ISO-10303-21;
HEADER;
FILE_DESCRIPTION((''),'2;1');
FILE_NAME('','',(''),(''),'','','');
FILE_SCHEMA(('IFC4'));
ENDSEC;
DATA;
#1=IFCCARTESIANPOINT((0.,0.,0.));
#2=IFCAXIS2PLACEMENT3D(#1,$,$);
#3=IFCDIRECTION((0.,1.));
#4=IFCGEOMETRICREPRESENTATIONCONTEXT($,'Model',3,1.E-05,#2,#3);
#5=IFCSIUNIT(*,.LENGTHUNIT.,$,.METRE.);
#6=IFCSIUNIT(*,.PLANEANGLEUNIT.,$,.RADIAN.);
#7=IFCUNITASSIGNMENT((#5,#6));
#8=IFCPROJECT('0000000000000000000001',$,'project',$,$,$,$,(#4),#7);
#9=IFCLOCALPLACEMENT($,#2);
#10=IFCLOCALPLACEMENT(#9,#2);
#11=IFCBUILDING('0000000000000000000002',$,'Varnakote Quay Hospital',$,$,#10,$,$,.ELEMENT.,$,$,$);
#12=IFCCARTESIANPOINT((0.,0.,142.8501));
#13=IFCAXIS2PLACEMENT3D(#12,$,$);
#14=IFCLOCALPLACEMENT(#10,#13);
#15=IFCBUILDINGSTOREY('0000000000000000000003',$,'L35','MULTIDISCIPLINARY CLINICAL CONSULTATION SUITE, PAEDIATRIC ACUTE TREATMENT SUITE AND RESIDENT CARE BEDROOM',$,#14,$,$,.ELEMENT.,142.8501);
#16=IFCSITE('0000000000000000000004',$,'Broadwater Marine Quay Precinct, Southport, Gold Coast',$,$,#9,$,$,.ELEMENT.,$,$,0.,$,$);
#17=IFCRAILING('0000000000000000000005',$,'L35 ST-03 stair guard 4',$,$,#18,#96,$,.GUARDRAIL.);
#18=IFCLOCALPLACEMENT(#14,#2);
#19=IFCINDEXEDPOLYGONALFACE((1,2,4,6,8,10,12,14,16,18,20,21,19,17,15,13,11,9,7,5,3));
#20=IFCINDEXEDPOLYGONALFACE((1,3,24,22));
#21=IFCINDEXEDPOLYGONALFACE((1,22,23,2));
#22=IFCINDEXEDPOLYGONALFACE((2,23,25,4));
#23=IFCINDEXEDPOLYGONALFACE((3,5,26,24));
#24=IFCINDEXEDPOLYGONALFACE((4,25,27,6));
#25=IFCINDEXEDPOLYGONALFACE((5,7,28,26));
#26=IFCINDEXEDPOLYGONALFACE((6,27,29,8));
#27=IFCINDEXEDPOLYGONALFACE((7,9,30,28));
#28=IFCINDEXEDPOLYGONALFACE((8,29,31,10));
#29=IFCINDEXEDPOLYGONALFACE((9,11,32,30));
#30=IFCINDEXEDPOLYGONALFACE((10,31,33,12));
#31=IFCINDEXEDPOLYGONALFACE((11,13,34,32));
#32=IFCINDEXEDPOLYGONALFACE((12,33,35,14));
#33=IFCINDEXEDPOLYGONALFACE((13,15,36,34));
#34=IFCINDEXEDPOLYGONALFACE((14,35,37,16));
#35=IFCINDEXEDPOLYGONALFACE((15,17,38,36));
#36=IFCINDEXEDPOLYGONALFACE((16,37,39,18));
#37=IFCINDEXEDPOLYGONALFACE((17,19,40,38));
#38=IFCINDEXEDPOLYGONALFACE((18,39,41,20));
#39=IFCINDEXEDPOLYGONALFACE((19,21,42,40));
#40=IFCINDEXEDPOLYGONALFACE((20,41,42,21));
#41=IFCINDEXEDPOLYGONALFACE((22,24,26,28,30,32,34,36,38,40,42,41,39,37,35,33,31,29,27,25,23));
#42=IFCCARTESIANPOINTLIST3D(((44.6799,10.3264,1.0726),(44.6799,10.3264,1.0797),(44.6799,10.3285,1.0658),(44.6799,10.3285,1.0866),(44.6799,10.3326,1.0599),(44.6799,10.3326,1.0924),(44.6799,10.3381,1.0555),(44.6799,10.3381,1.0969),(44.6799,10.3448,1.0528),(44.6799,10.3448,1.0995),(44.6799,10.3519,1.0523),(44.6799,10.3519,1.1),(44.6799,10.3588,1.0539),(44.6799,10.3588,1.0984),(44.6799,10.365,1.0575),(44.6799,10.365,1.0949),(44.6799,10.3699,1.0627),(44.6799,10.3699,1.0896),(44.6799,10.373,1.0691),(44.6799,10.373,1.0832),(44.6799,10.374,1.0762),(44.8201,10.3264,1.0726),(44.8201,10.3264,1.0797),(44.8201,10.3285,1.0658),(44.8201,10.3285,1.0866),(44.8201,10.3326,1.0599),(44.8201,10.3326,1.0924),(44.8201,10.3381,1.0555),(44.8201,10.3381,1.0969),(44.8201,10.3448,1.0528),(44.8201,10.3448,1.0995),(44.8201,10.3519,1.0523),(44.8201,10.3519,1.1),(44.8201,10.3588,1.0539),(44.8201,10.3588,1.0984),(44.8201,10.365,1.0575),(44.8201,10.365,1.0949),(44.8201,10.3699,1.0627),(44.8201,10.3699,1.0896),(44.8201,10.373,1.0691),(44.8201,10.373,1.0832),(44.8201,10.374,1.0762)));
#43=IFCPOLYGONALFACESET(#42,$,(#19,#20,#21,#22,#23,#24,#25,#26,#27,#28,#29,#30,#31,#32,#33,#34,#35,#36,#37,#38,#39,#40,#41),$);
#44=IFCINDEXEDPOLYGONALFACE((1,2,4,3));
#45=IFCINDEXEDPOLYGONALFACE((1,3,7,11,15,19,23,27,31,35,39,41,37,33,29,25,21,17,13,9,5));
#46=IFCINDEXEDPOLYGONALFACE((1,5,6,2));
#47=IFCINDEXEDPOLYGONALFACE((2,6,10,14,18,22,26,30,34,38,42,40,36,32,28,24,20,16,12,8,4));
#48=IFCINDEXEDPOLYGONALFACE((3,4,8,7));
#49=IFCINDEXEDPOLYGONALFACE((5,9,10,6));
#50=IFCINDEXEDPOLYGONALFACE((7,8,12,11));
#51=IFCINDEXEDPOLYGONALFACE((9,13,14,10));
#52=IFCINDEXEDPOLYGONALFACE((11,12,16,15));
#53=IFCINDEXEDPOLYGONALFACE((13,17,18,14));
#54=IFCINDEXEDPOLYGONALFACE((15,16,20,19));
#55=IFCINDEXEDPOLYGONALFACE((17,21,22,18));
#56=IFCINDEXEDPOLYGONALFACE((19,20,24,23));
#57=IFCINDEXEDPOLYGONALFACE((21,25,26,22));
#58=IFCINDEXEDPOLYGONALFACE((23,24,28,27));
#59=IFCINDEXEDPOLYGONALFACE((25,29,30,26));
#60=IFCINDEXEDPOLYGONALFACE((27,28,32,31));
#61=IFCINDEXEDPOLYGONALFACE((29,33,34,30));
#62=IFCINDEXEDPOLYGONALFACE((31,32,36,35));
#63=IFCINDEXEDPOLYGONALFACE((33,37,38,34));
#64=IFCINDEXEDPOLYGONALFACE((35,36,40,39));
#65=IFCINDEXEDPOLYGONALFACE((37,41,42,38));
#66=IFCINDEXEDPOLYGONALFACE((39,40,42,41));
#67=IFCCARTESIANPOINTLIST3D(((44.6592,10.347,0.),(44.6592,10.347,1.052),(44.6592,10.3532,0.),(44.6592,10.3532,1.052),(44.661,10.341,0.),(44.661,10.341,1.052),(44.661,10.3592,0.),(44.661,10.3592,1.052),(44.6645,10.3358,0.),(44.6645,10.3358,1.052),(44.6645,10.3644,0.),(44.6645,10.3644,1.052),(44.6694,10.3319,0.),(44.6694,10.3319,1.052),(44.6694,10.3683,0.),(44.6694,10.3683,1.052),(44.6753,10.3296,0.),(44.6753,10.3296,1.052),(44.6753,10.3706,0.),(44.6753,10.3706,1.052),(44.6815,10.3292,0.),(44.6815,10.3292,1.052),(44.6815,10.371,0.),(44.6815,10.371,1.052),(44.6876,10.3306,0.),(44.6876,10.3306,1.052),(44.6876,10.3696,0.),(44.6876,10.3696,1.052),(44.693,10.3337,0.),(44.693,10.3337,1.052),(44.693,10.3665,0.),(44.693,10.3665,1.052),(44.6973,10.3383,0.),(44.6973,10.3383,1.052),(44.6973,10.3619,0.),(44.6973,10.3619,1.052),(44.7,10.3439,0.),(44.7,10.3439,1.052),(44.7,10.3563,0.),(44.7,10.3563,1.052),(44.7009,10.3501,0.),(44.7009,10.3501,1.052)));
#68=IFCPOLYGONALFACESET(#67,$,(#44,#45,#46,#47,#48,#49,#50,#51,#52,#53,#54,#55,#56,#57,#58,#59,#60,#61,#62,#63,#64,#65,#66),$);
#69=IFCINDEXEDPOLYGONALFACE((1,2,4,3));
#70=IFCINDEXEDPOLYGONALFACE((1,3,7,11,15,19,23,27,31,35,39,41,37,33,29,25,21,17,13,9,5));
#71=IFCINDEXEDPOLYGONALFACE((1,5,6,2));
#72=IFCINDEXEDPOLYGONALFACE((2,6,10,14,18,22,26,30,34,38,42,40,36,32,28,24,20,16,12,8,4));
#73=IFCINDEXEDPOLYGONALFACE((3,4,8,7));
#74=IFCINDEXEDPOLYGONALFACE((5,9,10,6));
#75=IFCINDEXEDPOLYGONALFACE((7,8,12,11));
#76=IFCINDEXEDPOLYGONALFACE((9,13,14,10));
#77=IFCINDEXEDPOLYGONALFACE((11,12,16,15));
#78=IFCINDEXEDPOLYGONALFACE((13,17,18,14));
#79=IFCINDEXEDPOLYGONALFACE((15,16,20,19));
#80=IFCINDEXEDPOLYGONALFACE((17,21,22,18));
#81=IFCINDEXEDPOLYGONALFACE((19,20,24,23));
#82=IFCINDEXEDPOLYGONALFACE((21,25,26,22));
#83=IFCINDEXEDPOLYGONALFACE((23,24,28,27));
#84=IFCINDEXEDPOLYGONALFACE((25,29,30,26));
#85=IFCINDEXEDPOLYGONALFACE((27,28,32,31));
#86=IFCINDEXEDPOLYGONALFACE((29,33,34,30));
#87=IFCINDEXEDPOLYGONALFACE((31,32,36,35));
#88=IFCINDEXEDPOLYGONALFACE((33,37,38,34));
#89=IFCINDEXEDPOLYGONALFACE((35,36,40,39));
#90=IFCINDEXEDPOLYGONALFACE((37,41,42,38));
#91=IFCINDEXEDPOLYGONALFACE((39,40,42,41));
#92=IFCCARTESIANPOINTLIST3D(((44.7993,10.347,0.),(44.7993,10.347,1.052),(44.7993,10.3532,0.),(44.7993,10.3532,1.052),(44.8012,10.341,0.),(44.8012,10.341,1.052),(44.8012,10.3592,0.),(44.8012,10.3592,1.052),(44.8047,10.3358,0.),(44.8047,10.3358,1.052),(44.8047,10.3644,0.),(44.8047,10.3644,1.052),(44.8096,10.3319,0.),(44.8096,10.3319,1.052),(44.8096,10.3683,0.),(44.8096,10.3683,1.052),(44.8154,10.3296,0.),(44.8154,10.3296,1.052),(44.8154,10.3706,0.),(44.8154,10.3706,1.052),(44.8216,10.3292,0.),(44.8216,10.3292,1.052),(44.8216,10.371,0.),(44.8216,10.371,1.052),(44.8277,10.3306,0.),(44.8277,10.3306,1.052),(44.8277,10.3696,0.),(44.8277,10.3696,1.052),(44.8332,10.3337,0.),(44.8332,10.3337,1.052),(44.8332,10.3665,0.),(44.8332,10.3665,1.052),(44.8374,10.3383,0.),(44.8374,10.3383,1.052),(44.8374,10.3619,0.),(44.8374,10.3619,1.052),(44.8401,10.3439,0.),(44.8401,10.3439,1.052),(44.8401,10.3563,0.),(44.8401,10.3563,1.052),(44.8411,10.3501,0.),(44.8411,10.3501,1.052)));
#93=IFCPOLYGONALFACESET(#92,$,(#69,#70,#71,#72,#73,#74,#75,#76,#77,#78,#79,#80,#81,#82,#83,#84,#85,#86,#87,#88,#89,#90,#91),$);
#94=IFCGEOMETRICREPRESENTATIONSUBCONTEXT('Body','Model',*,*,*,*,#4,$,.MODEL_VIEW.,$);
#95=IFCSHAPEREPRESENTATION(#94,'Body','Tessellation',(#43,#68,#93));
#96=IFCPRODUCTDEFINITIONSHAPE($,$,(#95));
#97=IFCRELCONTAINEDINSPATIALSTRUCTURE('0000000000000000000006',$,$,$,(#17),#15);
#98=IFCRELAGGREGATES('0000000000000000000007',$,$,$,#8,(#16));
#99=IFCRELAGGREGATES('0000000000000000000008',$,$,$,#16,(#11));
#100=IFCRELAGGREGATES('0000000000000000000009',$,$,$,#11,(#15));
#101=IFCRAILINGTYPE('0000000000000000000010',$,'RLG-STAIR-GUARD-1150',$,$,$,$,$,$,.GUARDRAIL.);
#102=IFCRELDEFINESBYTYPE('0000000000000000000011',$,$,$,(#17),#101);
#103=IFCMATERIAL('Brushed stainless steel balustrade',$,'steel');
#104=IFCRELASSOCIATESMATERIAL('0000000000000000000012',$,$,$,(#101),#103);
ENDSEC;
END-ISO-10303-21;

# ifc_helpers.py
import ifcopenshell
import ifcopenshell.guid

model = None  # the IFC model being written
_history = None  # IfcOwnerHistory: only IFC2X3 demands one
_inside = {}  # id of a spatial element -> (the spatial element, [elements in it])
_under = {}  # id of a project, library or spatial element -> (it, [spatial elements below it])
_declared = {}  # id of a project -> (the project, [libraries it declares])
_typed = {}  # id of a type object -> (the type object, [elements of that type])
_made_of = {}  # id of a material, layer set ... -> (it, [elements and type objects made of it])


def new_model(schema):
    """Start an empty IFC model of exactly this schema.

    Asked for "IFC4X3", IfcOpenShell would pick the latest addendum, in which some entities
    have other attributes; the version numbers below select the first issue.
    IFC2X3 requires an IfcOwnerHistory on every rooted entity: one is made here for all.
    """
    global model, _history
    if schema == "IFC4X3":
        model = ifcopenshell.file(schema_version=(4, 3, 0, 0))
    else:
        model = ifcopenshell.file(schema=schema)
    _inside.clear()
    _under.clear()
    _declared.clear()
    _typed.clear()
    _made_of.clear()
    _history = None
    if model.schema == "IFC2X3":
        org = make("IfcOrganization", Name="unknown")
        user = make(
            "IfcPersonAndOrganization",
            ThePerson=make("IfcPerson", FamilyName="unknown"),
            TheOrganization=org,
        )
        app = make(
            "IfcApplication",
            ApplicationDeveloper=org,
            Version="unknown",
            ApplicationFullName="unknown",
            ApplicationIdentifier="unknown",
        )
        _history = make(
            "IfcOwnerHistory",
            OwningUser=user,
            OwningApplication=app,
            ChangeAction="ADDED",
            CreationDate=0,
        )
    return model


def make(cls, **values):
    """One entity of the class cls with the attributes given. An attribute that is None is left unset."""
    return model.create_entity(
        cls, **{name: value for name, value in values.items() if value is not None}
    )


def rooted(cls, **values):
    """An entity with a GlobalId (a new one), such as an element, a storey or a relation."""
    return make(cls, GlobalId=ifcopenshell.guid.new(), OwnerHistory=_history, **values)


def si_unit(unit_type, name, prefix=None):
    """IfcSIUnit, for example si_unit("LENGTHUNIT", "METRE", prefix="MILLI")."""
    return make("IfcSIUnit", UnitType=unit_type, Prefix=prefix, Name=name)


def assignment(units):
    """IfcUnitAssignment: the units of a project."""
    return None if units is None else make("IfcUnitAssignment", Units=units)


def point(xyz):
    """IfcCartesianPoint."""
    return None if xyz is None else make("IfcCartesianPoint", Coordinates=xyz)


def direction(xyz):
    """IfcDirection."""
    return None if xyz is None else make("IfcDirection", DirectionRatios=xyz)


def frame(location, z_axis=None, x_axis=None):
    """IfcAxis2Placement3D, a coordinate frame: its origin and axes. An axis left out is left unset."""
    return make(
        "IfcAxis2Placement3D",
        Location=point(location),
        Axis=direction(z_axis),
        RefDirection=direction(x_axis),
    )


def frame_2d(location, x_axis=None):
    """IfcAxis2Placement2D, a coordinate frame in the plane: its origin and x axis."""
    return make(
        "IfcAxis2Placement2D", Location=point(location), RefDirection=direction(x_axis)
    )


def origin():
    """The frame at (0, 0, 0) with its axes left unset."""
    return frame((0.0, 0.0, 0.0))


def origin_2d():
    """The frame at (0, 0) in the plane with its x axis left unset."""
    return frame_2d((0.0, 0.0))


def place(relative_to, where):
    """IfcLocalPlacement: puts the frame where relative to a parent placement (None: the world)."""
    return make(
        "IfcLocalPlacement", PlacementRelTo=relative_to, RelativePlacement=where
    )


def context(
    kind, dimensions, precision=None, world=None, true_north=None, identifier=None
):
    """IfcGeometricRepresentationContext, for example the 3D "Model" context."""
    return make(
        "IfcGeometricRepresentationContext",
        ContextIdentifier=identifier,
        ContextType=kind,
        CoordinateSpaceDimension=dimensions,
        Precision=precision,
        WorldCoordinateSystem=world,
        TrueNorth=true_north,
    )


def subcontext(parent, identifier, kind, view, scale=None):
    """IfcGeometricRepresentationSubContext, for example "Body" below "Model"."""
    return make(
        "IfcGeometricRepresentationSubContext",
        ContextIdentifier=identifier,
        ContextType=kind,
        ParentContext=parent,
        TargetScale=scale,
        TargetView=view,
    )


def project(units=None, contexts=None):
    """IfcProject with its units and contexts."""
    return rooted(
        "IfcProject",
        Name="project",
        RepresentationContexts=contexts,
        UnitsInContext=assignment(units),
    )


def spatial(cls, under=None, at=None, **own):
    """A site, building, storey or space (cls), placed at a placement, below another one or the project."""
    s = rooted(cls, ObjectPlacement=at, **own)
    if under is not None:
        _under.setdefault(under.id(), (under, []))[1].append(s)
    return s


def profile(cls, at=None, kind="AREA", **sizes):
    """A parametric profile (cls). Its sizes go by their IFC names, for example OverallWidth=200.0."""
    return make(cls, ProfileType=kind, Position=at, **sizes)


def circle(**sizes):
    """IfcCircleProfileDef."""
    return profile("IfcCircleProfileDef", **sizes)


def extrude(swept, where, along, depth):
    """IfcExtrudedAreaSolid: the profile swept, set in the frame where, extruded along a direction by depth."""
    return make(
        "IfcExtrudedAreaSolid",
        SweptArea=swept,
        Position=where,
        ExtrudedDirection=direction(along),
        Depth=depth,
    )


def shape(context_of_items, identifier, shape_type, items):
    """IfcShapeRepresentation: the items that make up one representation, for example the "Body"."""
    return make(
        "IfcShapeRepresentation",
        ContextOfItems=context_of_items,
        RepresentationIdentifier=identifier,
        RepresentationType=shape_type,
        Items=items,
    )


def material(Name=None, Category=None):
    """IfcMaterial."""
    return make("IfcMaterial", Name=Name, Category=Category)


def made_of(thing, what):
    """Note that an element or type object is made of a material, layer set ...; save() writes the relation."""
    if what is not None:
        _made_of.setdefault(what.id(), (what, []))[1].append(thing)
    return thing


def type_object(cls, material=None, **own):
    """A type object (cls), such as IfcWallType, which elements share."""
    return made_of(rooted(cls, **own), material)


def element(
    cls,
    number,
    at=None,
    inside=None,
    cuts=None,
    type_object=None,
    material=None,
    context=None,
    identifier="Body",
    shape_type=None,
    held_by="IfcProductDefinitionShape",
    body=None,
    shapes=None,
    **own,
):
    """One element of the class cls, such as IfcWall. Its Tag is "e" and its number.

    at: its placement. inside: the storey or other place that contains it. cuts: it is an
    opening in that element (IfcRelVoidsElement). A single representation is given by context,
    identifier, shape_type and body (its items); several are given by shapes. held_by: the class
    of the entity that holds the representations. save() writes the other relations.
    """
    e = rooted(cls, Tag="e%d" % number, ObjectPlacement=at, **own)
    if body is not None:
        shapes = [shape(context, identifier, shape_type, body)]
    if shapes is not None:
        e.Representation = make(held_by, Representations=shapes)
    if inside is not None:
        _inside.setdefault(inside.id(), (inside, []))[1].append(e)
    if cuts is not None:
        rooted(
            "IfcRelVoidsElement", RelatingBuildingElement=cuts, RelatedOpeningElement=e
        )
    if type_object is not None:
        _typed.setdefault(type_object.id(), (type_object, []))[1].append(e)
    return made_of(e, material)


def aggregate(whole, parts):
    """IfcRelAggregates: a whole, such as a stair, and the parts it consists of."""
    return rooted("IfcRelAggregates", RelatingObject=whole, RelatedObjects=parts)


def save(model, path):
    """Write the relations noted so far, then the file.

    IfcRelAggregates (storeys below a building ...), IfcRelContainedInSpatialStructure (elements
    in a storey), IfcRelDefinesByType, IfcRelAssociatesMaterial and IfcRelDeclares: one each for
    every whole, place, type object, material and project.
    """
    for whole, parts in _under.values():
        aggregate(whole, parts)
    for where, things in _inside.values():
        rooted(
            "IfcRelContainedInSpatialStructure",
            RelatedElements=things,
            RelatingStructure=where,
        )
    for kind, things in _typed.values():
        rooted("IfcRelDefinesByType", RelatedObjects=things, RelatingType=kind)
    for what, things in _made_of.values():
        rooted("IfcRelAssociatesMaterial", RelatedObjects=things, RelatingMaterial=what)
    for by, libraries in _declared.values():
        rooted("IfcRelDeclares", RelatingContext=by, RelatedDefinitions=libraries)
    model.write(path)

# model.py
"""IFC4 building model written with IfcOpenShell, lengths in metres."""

from ifc_helpers import new_model, si_unit, direction, frame, origin, origin_2d, place, context, subcontext, project, spatial, circle, extrude, material, type_object, element, save


model = new_model("IFC4")

# Units and contexts
model_context = context("Model", 3, precision=1e-05, world=origin(), true_north=direction((0.0, 1.0)))
body_context = subcontext(model_context, "Body", "Model", "MODEL_VIEW")
ifc_project = project(units=[si_unit("LENGTHUNIT", "METRE"), si_unit("PLANEANGLEUNIT", "RADIAN")], contexts=[model_context])

# Site, building, storey
site_placement = place(None, origin())
site = spatial("IfcSite", under=ifc_project, at=site_placement, Name="Broadwater Marine Quay Precinct, Southport, Gold Coast", CompositionType="ELEMENT", RefElevation=0.0)
building_placement = place(site_placement, origin())
building = spatial("IfcBuilding", under=site, at=building_placement, Name="Varnakote Quay Hospital", CompositionType="ELEMENT")
storey_placement = place(building_placement, frame((0.0, 0.0, 142.8501)))
storey = spatial("IfcBuildingStorey", under=building, at=storey_placement, Name="L35", Description="MULTIDISCIPLINARY CLINICAL CONSULTATION SUITE, PAEDIATRIC ACUTE TREATMENT SUITE AND RESIDENT CARE BEDROOM", CompositionType="ELEMENT", Elevation=142.8501)

# Railing
ifc_material_1 = material(Name="Brushed stainless steel balustrade", Category="steel")
railing_type_1 = type_object("IfcRailingType", Name="RLG-STAIR-GUARD-1150", PredefinedType="GUARDRAIL", material=ifc_material_1)
railing_1_placement = place(storey_placement, frame((44.6799, 10.3501, 0.0)))
element("IfcRailing", 1, at=railing_1_placement, inside=storey, type_object=railing_type_1, Name="L35 ST-03 stair guard 4", PredefinedType="GUARDRAIL", context=body_context, shape_type="SweptSolid", body=[
    extrude(circle(Radius=0.0239, at=origin_2d()), frame((0.0, 0.0, 1.0762), z_axis=(1.0, 0.0, 0.0), x_axis=(0.0, 1.0, 0.0)), (0.0, 0.0, 1.0), 0.1401),
    extrude(circle(Radius=0.021, at=origin_2d()), origin(), (0.0, 0.0, 1.0), 1.052),
    extrude(circle(Radius=0.021, at=origin_2d()), frame((0.1401, 0.0, 0.0)), (0.0, 0.0, 1.0), 1.052),
])

save(model, "model.ifc")
